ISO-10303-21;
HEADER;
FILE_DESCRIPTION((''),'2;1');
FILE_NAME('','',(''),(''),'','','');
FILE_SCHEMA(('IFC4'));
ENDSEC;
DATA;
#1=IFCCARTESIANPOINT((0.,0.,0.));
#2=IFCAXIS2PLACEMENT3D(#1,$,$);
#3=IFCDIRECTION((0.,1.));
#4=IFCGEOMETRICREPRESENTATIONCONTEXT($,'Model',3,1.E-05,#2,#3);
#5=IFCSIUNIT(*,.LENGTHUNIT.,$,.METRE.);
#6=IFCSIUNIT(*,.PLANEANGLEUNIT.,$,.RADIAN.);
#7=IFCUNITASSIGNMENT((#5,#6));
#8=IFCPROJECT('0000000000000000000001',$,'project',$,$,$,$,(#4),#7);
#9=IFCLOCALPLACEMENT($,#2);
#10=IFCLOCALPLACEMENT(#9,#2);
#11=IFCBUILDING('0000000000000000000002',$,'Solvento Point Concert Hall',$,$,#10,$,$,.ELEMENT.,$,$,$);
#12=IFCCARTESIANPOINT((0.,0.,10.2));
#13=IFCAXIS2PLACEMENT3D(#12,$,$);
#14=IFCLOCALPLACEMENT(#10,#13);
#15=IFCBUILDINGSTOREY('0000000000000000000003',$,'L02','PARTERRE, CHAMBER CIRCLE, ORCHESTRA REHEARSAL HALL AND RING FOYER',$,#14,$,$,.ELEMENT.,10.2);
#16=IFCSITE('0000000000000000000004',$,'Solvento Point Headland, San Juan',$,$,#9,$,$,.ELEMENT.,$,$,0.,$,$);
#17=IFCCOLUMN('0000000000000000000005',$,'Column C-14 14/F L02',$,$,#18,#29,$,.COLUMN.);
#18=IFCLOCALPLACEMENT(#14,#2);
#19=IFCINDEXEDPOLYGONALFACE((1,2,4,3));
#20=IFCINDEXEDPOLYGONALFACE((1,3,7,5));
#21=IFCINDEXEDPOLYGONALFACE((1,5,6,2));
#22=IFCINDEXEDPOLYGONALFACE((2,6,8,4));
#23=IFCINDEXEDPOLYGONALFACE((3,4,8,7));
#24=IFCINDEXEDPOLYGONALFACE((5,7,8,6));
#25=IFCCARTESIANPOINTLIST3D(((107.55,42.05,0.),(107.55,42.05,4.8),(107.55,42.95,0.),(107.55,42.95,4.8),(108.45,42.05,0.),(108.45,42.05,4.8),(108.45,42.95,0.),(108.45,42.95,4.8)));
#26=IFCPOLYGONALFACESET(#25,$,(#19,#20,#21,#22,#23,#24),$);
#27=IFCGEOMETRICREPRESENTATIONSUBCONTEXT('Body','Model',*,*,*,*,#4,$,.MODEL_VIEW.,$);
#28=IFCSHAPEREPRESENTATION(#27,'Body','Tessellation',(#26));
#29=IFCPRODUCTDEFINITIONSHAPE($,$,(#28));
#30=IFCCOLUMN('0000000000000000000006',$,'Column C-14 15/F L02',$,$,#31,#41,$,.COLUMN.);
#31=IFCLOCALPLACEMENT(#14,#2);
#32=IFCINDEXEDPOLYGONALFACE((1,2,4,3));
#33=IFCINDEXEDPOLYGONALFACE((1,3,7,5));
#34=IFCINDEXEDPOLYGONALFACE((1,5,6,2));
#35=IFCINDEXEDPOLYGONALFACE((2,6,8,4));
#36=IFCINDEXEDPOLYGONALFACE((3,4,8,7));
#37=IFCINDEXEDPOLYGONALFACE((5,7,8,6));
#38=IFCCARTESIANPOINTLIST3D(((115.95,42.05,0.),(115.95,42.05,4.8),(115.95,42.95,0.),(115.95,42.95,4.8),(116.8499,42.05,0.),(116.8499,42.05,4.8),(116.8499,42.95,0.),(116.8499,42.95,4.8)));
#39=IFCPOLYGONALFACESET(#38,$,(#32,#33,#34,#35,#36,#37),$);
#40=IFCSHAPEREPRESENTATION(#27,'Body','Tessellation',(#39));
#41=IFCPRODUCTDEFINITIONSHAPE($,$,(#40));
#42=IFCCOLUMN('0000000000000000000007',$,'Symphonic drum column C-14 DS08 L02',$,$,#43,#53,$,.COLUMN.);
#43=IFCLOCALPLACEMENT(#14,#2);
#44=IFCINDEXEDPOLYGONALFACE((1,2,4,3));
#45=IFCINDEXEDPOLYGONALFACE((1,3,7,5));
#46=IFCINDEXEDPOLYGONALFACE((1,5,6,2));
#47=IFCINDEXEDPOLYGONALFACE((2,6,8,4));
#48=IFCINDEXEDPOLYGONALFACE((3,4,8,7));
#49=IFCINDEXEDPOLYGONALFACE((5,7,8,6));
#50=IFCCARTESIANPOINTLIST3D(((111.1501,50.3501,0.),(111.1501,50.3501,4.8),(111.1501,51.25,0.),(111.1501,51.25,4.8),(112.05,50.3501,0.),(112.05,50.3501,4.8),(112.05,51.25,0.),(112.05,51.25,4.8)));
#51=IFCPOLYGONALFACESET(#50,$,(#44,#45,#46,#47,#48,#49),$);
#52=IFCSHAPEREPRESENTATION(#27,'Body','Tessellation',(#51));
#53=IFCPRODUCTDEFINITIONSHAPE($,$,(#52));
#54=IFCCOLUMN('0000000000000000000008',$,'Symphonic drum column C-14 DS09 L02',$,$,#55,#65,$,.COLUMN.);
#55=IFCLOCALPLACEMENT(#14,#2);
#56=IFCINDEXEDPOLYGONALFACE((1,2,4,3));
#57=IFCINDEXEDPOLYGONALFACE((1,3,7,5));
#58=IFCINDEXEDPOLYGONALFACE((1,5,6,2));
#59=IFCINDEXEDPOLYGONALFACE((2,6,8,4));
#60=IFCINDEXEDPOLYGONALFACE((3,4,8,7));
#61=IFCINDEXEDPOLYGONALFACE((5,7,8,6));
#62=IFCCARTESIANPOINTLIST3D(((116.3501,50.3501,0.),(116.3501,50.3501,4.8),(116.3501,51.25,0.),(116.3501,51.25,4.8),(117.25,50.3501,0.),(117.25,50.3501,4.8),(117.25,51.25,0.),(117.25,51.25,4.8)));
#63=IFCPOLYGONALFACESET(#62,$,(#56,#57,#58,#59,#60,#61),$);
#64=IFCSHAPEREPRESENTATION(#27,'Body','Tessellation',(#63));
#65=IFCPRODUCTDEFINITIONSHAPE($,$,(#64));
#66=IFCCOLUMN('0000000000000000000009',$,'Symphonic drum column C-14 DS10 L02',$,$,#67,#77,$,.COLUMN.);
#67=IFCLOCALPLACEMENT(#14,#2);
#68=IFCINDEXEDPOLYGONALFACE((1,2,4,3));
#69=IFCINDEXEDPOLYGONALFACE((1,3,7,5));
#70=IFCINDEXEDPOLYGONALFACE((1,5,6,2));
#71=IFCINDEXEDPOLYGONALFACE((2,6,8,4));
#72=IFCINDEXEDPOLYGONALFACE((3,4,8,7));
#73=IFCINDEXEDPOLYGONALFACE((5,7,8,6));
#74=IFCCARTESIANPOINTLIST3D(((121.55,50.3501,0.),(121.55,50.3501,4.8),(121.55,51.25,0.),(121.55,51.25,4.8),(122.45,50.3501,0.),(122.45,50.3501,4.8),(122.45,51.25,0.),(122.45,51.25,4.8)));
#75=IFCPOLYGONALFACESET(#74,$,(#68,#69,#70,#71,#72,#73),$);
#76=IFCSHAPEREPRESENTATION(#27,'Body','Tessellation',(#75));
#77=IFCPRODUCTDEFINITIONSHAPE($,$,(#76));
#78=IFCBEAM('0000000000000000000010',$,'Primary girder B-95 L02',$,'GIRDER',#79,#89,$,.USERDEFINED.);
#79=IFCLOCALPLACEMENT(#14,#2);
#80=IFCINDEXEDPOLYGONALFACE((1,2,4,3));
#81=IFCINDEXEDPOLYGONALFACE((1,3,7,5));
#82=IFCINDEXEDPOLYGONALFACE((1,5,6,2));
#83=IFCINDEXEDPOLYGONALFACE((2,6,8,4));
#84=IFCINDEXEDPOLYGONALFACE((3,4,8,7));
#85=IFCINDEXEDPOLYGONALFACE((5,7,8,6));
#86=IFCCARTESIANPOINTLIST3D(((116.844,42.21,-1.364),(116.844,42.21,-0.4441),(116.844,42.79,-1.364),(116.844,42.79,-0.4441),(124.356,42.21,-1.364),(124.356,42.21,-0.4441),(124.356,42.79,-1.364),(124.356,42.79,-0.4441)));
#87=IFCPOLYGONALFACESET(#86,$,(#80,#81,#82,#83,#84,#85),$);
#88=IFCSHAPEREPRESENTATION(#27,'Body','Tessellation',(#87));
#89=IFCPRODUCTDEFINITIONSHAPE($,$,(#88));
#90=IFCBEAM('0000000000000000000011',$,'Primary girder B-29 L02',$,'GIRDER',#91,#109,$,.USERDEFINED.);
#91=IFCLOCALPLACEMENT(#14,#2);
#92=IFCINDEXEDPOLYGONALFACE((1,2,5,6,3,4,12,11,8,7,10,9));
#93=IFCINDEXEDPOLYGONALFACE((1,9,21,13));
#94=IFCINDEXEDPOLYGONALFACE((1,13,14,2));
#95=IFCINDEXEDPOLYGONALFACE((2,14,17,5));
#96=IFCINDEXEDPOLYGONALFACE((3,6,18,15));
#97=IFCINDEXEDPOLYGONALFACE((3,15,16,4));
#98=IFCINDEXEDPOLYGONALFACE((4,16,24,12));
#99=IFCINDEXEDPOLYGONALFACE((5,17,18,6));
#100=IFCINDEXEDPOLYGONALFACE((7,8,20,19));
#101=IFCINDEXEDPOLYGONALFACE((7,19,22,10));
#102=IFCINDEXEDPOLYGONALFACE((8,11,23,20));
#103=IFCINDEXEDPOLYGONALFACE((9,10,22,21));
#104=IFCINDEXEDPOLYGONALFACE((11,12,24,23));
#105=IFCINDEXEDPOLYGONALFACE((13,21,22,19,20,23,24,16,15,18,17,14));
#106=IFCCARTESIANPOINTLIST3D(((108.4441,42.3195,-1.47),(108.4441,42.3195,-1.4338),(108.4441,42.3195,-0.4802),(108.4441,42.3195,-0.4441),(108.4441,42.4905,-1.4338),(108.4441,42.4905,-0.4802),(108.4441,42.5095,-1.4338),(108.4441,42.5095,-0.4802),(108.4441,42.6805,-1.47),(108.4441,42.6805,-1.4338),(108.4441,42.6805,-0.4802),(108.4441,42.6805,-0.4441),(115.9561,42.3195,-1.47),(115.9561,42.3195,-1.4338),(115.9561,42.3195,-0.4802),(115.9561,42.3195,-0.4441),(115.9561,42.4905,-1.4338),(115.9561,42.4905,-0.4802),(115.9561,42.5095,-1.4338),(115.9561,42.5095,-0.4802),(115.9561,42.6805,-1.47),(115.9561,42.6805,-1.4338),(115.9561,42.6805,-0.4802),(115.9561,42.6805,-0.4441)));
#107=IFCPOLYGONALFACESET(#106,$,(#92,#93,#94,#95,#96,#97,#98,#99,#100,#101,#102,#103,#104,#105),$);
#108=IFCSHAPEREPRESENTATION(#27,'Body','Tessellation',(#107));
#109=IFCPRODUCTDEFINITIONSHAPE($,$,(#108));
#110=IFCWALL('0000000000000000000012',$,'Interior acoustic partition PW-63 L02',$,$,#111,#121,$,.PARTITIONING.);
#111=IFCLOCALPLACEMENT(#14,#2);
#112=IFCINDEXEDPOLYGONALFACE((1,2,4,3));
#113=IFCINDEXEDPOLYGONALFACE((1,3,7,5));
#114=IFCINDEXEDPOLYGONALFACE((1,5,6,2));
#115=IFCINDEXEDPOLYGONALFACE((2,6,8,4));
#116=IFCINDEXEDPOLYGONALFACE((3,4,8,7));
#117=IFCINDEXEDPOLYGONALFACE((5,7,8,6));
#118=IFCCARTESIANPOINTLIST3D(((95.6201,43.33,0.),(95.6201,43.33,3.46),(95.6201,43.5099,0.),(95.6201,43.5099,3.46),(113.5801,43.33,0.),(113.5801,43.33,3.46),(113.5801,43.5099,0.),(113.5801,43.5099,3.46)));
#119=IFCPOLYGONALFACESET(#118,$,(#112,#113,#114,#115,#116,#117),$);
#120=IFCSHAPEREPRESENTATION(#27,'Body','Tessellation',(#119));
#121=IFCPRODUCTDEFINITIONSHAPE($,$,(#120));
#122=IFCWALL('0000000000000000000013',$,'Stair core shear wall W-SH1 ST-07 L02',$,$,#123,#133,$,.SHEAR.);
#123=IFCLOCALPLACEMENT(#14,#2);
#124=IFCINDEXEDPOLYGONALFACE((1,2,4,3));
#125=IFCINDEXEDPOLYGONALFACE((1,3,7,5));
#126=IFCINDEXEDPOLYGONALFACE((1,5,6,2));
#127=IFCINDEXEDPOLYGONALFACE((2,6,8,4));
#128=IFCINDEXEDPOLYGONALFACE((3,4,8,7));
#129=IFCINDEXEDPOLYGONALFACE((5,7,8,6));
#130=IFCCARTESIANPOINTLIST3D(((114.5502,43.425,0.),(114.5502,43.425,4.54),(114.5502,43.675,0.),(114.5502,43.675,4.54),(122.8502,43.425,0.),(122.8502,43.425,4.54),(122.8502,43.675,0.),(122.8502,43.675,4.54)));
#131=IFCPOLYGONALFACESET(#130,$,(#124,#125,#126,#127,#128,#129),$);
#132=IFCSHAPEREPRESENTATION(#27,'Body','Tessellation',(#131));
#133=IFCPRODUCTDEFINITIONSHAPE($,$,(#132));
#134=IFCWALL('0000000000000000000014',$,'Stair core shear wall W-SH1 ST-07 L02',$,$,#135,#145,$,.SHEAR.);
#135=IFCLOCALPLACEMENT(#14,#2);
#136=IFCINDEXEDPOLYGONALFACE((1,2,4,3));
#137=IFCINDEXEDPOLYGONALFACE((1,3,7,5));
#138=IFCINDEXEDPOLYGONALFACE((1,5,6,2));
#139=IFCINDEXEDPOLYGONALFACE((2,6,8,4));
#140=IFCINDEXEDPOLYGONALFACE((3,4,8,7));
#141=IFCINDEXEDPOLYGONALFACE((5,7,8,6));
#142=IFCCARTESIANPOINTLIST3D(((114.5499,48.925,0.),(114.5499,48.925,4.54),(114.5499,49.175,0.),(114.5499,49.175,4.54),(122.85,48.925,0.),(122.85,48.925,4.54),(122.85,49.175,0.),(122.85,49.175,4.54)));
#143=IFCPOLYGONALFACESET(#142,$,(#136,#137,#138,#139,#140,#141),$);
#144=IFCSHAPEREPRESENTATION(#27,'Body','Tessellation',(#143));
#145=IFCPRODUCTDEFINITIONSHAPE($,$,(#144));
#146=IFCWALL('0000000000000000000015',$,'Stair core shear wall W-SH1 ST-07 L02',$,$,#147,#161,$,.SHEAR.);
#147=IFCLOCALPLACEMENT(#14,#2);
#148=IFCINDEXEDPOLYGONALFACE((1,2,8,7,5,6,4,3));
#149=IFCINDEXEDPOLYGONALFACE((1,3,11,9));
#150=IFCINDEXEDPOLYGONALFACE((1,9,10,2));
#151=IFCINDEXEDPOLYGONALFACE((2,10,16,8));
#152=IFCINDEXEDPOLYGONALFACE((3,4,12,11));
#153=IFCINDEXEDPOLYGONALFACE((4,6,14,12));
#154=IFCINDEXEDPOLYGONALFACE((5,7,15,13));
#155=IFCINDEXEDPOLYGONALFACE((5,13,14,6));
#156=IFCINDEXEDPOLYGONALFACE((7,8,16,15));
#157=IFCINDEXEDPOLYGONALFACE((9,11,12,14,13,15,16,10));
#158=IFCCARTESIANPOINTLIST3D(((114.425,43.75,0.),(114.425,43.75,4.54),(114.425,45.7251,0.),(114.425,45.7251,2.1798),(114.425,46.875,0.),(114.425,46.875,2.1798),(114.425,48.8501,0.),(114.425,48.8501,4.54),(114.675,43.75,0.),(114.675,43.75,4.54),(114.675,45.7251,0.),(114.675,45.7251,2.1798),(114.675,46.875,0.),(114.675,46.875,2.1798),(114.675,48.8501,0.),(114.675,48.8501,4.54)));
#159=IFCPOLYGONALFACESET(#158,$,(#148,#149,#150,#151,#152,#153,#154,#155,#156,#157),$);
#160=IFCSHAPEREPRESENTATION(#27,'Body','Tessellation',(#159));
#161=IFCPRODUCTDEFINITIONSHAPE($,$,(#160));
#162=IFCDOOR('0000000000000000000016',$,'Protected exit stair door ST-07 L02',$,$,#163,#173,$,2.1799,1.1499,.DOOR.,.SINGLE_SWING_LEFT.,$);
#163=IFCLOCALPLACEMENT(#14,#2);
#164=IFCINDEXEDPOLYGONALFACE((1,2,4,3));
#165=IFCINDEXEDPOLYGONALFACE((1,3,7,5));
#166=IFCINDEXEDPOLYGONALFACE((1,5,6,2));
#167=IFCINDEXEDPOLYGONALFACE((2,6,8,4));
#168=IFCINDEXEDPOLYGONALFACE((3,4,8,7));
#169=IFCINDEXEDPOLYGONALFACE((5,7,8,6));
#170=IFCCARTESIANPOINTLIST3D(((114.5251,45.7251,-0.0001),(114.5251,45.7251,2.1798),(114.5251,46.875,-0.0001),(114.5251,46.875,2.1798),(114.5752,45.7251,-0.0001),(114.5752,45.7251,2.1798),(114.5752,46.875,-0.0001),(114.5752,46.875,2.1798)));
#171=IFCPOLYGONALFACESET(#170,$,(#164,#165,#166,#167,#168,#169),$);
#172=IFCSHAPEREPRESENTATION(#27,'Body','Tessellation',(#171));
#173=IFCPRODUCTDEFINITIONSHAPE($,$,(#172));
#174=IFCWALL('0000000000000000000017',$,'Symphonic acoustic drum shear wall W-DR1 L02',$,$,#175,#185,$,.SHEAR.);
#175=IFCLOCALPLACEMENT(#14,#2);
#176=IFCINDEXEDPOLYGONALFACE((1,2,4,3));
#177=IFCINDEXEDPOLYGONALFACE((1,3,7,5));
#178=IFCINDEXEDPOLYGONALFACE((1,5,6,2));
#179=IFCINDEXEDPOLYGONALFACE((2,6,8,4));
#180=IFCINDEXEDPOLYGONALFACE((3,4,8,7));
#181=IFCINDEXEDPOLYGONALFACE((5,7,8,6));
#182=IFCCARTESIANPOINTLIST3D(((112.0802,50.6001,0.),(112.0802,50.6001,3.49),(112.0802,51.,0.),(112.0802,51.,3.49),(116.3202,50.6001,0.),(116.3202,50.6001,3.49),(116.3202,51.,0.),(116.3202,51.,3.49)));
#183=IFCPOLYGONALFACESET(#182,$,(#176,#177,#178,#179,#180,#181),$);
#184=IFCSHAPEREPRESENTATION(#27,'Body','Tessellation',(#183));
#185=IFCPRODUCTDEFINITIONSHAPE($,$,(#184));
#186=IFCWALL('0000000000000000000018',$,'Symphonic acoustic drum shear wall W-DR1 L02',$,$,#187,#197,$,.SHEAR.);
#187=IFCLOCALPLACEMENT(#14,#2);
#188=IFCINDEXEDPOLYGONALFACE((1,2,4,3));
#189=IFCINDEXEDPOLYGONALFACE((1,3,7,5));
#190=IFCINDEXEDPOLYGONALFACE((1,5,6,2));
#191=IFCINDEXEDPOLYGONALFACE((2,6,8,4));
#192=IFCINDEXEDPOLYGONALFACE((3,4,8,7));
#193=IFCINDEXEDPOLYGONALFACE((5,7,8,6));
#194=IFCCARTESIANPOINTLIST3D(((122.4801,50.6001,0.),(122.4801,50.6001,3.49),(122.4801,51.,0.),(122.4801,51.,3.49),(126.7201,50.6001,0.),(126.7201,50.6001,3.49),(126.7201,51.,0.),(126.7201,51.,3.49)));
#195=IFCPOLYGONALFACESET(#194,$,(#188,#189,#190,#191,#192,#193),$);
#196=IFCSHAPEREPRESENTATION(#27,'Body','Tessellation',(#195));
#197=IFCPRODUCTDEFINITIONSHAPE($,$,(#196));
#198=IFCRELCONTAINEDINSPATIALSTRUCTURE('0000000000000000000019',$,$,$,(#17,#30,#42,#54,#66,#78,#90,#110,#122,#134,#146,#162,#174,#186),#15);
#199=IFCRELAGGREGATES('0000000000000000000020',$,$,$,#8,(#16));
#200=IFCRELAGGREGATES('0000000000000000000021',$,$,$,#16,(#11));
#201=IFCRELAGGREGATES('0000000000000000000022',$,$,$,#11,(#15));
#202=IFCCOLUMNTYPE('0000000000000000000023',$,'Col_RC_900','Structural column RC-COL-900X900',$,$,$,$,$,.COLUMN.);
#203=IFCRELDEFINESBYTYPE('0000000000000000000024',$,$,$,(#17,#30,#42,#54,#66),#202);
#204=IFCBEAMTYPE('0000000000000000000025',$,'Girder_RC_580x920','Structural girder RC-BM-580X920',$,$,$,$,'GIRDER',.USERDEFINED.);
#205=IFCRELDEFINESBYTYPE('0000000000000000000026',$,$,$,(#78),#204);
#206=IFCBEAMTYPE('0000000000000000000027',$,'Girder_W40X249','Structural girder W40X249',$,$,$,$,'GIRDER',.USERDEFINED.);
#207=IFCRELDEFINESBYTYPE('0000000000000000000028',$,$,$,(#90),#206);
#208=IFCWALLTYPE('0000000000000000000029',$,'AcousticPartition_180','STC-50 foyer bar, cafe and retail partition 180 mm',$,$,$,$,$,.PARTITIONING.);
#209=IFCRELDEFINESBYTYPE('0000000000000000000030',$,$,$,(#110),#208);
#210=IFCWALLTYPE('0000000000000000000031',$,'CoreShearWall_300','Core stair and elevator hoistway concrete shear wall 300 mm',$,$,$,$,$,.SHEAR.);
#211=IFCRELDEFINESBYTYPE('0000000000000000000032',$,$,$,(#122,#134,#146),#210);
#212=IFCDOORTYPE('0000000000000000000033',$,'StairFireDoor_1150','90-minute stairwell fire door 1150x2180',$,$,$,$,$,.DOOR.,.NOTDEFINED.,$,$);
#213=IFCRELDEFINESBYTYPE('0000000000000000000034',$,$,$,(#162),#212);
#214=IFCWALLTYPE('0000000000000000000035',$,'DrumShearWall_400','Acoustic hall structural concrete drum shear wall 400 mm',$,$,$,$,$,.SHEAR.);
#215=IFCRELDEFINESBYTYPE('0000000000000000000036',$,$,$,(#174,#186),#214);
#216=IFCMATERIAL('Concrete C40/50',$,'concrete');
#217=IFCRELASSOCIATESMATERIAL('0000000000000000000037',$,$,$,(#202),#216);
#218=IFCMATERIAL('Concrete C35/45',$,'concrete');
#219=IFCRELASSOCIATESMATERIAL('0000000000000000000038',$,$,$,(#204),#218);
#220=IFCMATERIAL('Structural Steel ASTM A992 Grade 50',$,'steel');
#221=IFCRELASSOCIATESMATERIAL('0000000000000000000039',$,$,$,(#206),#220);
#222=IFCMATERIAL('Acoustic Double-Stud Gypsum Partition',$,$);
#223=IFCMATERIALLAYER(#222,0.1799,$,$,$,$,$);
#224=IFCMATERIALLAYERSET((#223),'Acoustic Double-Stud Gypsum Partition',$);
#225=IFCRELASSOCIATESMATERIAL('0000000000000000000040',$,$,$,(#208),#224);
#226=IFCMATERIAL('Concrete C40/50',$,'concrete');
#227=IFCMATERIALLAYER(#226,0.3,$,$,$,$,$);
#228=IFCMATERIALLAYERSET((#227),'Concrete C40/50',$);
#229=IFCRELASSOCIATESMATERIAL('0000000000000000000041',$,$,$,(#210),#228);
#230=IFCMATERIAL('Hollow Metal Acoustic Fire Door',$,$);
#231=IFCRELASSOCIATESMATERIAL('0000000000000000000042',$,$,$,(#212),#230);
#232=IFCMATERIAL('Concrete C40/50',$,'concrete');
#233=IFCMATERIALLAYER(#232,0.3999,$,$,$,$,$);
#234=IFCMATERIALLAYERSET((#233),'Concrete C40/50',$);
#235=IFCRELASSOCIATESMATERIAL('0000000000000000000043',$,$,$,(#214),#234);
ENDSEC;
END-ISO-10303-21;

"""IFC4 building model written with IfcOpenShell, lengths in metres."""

from ifc_helpers import new_model, si_unit, direction, frame, frame_2d, origin, origin_2d, place, context, subcontext, project, spatial, rectangle, i_section, extrude, material, layer, layer_set, material_profile, profile_set, type_object, element, fill, save


model = new_model("IFC4")

# Units and contexts
model_context = context("Model", 3, precision=1e-05, world=origin(), true_north=direction((0.0, 1.0)))
body_context = subcontext(model_context, "Body", "Model", "MODEL_VIEW")
ifc_project = project(units=[si_unit("LENGTHUNIT", "METRE"), si_unit("PLANEANGLEUNIT", "RADIAN")], contexts=[model_context])

# Site, building, storey
site_placement = place(None, origin())
site = spatial("IfcSite", under=ifc_project, at=site_placement, Name="Solvento Point Headland, San Juan", CompositionType="ELEMENT", RefElevation=0.0)
building_placement = place(site_placement, origin())
building = spatial("IfcBuilding", under=site, at=building_placement, Name="Solvento Point Concert Hall", CompositionType="ELEMENT")
storey_placement = place(building_placement, frame((0.0, 0.0, 10.2)))
storey = spatial("IfcBuildingStorey", under=building, at=storey_placement, Name="L02", Description="PARTERRE, CHAMBER CIRCLE, ORCHESTRA REHEARSAL HALL AND RING FOYER", CompositionType="ELEMENT", Elevation=10.2)

# Columns
ifc_material_1 = material(Name="Concrete C40/50", Category="concrete")
ifc_material_profile_1 = material_profile(ifc_material_1, rectangle(XDim=0.8999, YDim=0.8999, at=origin_2d()), Name="RC-COL-900X900")
ifc_profile_set_1 = profile_set([ifc_material_profile_1], Name="Concrete C40/50")
column_type = type_object("IfcColumnType", Name="Col_RC_900", Description="Structural column RC-COL-900X900", PredefinedType="COLUMN", material=ifc_profile_set_1)
for number, where, z_axis, x_axis, name in (
    (1, (108.0, 42.5, 0.0), (0.0, 0.0, 1.0), (1.0, 0.0, 0.0), "Column C-14 14/F L02"),
    (2, (116.3999, 42.5, 0.0), (0.0, 0.0, 1.0), (1.0, 0.0, 0.0), "Column C-14 15/F L02"),
    (3, (111.6001, 50.8, 0.0), (0.0, 0.0, 1.0), (1.0, 0.0, 0.0), "Symphonic drum column C-14 DS08 L02"),
    (4, (116.8, 50.8, 0.0), (0.0, 0.0, 1.0), (1.0, 0.0, 0.0), "Symphonic drum column C-14 DS09 L02"),
    (5, (122.0, 50.8, 0.0), (0.0, 0.0, 1.0), (1.0, 0.0, 0.0), "Symphonic drum column C-14 DS10 L02"),
):
    element("IfcColumn", number, at=place(storey_placement, frame(where, z_axis=z_axis, x_axis=x_axis)), inside=storey, type_object=column_type, Name=name, PredefinedType="COLUMN", context=body_context, shape_type="SweptSolid", body=[
        extrude(rectangle(XDim=0.8999, YDim=0.8999, at=origin_2d()), origin(), (0.0, 0.0, 1.0), 4.8),
    ])

# Beams
ifc_material_2 = material(Name="Concrete C35/45", Category="concrete")
ifc_material_profile_2 = material_profile(ifc_material_2, rectangle(XDim=0.5801, YDim=0.9199, at=origin_2d()), Name="RC-BM-580X920")
ifc_profile_set_2 = profile_set([ifc_material_profile_2], Name="Concrete C35/45")
beam_type_1 = type_object("IfcBeamType", Name="Girder_RC_580x920", Description="Structural girder RC-BM-580X920", ElementType="GIRDER", PredefinedType="USERDEFINED", material=ifc_profile_set_2)
beam_1_placement = place(storey_placement, frame((116.844, 42.5, -0.9041), z_axis=(1.0, 0.0, 0.0), x_axis=(0.0, 1.0, 0.0)))
element("IfcBeam", 6, at=beam_1_placement, inside=storey, type_object=beam_type_1, Name="Primary girder B-95 L02", ObjectType="GIRDER", PredefinedType="USERDEFINED", context=body_context, shape_type="SweptSolid", body=[
    extrude(rectangle(XDim=0.5801, YDim=0.9199, at=origin_2d()), origin(), (0.0, 0.0, 1.0), 7.512),
])
ifc_material_3 = material(Name="Structural Steel ASTM A992 Grade 50", Category="steel")
ifc_material_profile_3 = material_profile(ifc_material_3, i_section(OverallWidth=0.3611, OverallDepth=1.0259, WebThickness=0.019, FlangeThickness=0.0361, at=origin_2d()), Name="W40X249")
ifc_profile_set_3 = profile_set([ifc_material_profile_3], Name="Structural Steel ASTM A992 Grade 50")
beam_type_2 = type_object("IfcBeamType", Name="Girder_W40X249", Description="Structural girder W40X249", ElementType="GIRDER", PredefinedType="USERDEFINED", material=ifc_profile_set_3)
beam_2_placement = place(storey_placement, frame((108.4441, 42.5, -0.957), z_axis=(1.0, 0.0, 0.0), x_axis=(0.0, 1.0, 0.0)))
element("IfcBeam", 7, at=beam_2_placement, inside=storey, type_object=beam_type_2, Name="Primary girder B-29 L02", ObjectType="GIRDER", PredefinedType="USERDEFINED", context=body_context, shape_type="SweptSolid", body=[
    extrude(i_section(OverallWidth=0.3611, OverallDepth=1.0259, WebThickness=0.019, FlangeThickness=0.0361, at=origin_2d()), origin(), (0.0, 0.0, 1.0), 7.512),
])

# Walls
ifc_material_4 = material(Name="Acoustic Double-Stud Gypsum Partition")
ifc_layer_1 = layer(ifc_material_4, 0.1799)
ifc_layer_set_1 = layer_set([ifc_layer_1], Name="Acoustic Double-Stud Gypsum Partition")
wall_type_1 = type_object("IfcWallType", Name="AcousticPartition_180", Description="STC-50 foyer bar, cafe and retail partition 180 mm", PredefinedType="PARTITIONING", material=ifc_layer_set_1)
wall_1_placement = place(storey_placement, frame((113.5801, 43.4199, 0.0), z_axis=(0.0, 0.0, 1.0), x_axis=(-1.0, 0.0, 0.0)))
element("IfcWall", 8, at=wall_1_placement, inside=storey, type_object=wall_type_1, Name="Interior acoustic partition PW-63 L02", PredefinedType="PARTITIONING", context=body_context, shape_type="SweptSolid", body=[
    extrude(rectangle(XDim=17.96, YDim=0.1799, at=frame_2d((8.98, 0.0))), origin(), (0.0, 0.0, 1.0), 3.46),
])
ifc_material_5 = material(Name="Concrete C40/50", Category="concrete")
ifc_layer_2 = layer(ifc_material_5, 0.3)
ifc_layer_set_2 = layer_set([ifc_layer_2], Name="Concrete C40/50")
wall_type_2 = type_object("IfcWallType", Name="CoreShearWall_300", Description="Core stair and elevator hoistway concrete shear wall 300 mm", PredefinedType="SHEAR", material=ifc_layer_set_2)
for number, where, z_axis, x_axis, name in (
    (9, (122.8501, 43.55, 0.0), (0.0, 0.0, 1.0), (-1.0, 0.0, 0.0), "Stair core shear wall W-SH1 ST-07 L02"),
    (10, (114.55, 49.05, 0.0), (0.0, 0.0, 1.0), (1.0, 0.0, 0.0), "Stair core shear wall W-SH1 ST-07 L02"),
):
    element("IfcWall", number, at=place(storey_placement, frame(where, z_axis=z_axis, x_axis=x_axis)), inside=storey, type_object=wall_type_2, Name=name, PredefinedType="SHEAR", context=body_context, shape_type="SweptSolid", body=[
        extrude(rectangle(XDim=8.3, YDim=0.25, at=frame_2d((4.1499, 0.0))), origin(), (0.0, 0.0, 1.0), 4.54),
    ])

# Wall, opening, door
wall_2_placement = place(storey_placement, frame((114.55, 43.75, 0.0), z_axis=(0.0, 0.0, 1.0), x_axis=(0.0, 1.0, 0.0)))
wall_2 = element("IfcWall", 11, at=wall_2_placement, inside=storey, type_object=wall_type_2, Name="Stair core shear wall W-SH1 ST-07 L02", PredefinedType="SHEAR", context=body_context, shape_type="SweptSolid", body=[
    extrude(rectangle(XDim=5.1001, YDim=0.25, at=frame_2d((2.55, 0.0))), origin(), (0.0, 0.0, 1.0), 4.54),
])
opening_1_placement = place(wall_2_placement, frame((1.9751, 0.0, 0.0)))
opening_1 = element("IfcOpeningElement", 12, at=opening_1_placement, cuts=wall_2, PredefinedType="OPENING", context=body_context, shape_type="SweptSolid", body=[
    extrude(rectangle(XDim=1.1499, YDim=2.1799, at=frame_2d((0.575, 1.0898))), frame((0.0, 0.135, 0.0), z_axis=(0.0, -1.0, 0.0), x_axis=(1.0, 0.0, 0.0)), (0.0, 0.0, 1.0), 0.27),
])
ifc_material_6 = material(Name="Hollow Metal Acoustic Fire Door")
door_type = type_object("IfcDoorType", Name="StairFireDoor_1150", Description="90-minute stairwell fire door 1150x2180", OperationType="NOTDEFINED", PredefinedType="DOOR", material=ifc_material_6)
door_placement = place(opening_1_placement, origin())
door = element("IfcDoor", 13, at=door_placement, inside=storey, type_object=door_type, Name="Protected exit stair door ST-07 L02", OperationType="SINGLE_SWING_LEFT", OverallHeight=2.1799, OverallWidth=1.1499, PredefinedType="DOOR", context=body_context, shape_type="SweptSolid", body=[
    extrude(rectangle(XDim=1.1499, YDim=2.1799, at=frame_2d((0.575, 1.0898))), frame((0.0, 0.0249, 0.0), z_axis=(0.0, -1.0, 0.0), x_axis=(1.0, 0.0, 0.0)), (0.0, 0.0, 1.0), 0.05),
])
fill(opening_1, door)

# Walls
ifc_material_7 = material(Name="Concrete C40/50", Category="concrete")
ifc_layer_3 = layer(ifc_material_7, 0.3999)
ifc_layer_set_3 = layer_set([ifc_layer_3], Name="Concrete C40/50")
wall_type_3 = type_object("IfcWallType", Name="DrumShearWall_400", Description="Acoustic hall structural concrete drum shear wall 400 mm", PredefinedType="SHEAR", material=ifc_layer_set_3)
for number, where, z_axis, x_axis, name in (
    (14, (112.0801, 50.8, 0.0), (0.0, 0.0, 1.0), (1.0, 0.0, 0.0), "Symphonic acoustic drum shear wall W-DR1 L02"),
    (15, (122.48, 50.8, 0.0), (0.0, 0.0, 1.0), (1.0, 0.0, 0.0), "Symphonic acoustic drum shear wall W-DR1 L02"),
):
    element("IfcWall", number, at=place(storey_placement, frame(where, z_axis=z_axis, x_axis=x_axis)), inside=storey, type_object=wall_type_3, Name=name, PredefinedType="SHEAR", context=body_context, shape_type="SweptSolid", body=[
        extrude(rectangle(XDim=4.24, YDim=0.3999, at=frame_2d((2.1201, 0.0))), origin(), (0.0, 0.0, 1.0), 3.49),
    ])

save(model, "model.ifc")
